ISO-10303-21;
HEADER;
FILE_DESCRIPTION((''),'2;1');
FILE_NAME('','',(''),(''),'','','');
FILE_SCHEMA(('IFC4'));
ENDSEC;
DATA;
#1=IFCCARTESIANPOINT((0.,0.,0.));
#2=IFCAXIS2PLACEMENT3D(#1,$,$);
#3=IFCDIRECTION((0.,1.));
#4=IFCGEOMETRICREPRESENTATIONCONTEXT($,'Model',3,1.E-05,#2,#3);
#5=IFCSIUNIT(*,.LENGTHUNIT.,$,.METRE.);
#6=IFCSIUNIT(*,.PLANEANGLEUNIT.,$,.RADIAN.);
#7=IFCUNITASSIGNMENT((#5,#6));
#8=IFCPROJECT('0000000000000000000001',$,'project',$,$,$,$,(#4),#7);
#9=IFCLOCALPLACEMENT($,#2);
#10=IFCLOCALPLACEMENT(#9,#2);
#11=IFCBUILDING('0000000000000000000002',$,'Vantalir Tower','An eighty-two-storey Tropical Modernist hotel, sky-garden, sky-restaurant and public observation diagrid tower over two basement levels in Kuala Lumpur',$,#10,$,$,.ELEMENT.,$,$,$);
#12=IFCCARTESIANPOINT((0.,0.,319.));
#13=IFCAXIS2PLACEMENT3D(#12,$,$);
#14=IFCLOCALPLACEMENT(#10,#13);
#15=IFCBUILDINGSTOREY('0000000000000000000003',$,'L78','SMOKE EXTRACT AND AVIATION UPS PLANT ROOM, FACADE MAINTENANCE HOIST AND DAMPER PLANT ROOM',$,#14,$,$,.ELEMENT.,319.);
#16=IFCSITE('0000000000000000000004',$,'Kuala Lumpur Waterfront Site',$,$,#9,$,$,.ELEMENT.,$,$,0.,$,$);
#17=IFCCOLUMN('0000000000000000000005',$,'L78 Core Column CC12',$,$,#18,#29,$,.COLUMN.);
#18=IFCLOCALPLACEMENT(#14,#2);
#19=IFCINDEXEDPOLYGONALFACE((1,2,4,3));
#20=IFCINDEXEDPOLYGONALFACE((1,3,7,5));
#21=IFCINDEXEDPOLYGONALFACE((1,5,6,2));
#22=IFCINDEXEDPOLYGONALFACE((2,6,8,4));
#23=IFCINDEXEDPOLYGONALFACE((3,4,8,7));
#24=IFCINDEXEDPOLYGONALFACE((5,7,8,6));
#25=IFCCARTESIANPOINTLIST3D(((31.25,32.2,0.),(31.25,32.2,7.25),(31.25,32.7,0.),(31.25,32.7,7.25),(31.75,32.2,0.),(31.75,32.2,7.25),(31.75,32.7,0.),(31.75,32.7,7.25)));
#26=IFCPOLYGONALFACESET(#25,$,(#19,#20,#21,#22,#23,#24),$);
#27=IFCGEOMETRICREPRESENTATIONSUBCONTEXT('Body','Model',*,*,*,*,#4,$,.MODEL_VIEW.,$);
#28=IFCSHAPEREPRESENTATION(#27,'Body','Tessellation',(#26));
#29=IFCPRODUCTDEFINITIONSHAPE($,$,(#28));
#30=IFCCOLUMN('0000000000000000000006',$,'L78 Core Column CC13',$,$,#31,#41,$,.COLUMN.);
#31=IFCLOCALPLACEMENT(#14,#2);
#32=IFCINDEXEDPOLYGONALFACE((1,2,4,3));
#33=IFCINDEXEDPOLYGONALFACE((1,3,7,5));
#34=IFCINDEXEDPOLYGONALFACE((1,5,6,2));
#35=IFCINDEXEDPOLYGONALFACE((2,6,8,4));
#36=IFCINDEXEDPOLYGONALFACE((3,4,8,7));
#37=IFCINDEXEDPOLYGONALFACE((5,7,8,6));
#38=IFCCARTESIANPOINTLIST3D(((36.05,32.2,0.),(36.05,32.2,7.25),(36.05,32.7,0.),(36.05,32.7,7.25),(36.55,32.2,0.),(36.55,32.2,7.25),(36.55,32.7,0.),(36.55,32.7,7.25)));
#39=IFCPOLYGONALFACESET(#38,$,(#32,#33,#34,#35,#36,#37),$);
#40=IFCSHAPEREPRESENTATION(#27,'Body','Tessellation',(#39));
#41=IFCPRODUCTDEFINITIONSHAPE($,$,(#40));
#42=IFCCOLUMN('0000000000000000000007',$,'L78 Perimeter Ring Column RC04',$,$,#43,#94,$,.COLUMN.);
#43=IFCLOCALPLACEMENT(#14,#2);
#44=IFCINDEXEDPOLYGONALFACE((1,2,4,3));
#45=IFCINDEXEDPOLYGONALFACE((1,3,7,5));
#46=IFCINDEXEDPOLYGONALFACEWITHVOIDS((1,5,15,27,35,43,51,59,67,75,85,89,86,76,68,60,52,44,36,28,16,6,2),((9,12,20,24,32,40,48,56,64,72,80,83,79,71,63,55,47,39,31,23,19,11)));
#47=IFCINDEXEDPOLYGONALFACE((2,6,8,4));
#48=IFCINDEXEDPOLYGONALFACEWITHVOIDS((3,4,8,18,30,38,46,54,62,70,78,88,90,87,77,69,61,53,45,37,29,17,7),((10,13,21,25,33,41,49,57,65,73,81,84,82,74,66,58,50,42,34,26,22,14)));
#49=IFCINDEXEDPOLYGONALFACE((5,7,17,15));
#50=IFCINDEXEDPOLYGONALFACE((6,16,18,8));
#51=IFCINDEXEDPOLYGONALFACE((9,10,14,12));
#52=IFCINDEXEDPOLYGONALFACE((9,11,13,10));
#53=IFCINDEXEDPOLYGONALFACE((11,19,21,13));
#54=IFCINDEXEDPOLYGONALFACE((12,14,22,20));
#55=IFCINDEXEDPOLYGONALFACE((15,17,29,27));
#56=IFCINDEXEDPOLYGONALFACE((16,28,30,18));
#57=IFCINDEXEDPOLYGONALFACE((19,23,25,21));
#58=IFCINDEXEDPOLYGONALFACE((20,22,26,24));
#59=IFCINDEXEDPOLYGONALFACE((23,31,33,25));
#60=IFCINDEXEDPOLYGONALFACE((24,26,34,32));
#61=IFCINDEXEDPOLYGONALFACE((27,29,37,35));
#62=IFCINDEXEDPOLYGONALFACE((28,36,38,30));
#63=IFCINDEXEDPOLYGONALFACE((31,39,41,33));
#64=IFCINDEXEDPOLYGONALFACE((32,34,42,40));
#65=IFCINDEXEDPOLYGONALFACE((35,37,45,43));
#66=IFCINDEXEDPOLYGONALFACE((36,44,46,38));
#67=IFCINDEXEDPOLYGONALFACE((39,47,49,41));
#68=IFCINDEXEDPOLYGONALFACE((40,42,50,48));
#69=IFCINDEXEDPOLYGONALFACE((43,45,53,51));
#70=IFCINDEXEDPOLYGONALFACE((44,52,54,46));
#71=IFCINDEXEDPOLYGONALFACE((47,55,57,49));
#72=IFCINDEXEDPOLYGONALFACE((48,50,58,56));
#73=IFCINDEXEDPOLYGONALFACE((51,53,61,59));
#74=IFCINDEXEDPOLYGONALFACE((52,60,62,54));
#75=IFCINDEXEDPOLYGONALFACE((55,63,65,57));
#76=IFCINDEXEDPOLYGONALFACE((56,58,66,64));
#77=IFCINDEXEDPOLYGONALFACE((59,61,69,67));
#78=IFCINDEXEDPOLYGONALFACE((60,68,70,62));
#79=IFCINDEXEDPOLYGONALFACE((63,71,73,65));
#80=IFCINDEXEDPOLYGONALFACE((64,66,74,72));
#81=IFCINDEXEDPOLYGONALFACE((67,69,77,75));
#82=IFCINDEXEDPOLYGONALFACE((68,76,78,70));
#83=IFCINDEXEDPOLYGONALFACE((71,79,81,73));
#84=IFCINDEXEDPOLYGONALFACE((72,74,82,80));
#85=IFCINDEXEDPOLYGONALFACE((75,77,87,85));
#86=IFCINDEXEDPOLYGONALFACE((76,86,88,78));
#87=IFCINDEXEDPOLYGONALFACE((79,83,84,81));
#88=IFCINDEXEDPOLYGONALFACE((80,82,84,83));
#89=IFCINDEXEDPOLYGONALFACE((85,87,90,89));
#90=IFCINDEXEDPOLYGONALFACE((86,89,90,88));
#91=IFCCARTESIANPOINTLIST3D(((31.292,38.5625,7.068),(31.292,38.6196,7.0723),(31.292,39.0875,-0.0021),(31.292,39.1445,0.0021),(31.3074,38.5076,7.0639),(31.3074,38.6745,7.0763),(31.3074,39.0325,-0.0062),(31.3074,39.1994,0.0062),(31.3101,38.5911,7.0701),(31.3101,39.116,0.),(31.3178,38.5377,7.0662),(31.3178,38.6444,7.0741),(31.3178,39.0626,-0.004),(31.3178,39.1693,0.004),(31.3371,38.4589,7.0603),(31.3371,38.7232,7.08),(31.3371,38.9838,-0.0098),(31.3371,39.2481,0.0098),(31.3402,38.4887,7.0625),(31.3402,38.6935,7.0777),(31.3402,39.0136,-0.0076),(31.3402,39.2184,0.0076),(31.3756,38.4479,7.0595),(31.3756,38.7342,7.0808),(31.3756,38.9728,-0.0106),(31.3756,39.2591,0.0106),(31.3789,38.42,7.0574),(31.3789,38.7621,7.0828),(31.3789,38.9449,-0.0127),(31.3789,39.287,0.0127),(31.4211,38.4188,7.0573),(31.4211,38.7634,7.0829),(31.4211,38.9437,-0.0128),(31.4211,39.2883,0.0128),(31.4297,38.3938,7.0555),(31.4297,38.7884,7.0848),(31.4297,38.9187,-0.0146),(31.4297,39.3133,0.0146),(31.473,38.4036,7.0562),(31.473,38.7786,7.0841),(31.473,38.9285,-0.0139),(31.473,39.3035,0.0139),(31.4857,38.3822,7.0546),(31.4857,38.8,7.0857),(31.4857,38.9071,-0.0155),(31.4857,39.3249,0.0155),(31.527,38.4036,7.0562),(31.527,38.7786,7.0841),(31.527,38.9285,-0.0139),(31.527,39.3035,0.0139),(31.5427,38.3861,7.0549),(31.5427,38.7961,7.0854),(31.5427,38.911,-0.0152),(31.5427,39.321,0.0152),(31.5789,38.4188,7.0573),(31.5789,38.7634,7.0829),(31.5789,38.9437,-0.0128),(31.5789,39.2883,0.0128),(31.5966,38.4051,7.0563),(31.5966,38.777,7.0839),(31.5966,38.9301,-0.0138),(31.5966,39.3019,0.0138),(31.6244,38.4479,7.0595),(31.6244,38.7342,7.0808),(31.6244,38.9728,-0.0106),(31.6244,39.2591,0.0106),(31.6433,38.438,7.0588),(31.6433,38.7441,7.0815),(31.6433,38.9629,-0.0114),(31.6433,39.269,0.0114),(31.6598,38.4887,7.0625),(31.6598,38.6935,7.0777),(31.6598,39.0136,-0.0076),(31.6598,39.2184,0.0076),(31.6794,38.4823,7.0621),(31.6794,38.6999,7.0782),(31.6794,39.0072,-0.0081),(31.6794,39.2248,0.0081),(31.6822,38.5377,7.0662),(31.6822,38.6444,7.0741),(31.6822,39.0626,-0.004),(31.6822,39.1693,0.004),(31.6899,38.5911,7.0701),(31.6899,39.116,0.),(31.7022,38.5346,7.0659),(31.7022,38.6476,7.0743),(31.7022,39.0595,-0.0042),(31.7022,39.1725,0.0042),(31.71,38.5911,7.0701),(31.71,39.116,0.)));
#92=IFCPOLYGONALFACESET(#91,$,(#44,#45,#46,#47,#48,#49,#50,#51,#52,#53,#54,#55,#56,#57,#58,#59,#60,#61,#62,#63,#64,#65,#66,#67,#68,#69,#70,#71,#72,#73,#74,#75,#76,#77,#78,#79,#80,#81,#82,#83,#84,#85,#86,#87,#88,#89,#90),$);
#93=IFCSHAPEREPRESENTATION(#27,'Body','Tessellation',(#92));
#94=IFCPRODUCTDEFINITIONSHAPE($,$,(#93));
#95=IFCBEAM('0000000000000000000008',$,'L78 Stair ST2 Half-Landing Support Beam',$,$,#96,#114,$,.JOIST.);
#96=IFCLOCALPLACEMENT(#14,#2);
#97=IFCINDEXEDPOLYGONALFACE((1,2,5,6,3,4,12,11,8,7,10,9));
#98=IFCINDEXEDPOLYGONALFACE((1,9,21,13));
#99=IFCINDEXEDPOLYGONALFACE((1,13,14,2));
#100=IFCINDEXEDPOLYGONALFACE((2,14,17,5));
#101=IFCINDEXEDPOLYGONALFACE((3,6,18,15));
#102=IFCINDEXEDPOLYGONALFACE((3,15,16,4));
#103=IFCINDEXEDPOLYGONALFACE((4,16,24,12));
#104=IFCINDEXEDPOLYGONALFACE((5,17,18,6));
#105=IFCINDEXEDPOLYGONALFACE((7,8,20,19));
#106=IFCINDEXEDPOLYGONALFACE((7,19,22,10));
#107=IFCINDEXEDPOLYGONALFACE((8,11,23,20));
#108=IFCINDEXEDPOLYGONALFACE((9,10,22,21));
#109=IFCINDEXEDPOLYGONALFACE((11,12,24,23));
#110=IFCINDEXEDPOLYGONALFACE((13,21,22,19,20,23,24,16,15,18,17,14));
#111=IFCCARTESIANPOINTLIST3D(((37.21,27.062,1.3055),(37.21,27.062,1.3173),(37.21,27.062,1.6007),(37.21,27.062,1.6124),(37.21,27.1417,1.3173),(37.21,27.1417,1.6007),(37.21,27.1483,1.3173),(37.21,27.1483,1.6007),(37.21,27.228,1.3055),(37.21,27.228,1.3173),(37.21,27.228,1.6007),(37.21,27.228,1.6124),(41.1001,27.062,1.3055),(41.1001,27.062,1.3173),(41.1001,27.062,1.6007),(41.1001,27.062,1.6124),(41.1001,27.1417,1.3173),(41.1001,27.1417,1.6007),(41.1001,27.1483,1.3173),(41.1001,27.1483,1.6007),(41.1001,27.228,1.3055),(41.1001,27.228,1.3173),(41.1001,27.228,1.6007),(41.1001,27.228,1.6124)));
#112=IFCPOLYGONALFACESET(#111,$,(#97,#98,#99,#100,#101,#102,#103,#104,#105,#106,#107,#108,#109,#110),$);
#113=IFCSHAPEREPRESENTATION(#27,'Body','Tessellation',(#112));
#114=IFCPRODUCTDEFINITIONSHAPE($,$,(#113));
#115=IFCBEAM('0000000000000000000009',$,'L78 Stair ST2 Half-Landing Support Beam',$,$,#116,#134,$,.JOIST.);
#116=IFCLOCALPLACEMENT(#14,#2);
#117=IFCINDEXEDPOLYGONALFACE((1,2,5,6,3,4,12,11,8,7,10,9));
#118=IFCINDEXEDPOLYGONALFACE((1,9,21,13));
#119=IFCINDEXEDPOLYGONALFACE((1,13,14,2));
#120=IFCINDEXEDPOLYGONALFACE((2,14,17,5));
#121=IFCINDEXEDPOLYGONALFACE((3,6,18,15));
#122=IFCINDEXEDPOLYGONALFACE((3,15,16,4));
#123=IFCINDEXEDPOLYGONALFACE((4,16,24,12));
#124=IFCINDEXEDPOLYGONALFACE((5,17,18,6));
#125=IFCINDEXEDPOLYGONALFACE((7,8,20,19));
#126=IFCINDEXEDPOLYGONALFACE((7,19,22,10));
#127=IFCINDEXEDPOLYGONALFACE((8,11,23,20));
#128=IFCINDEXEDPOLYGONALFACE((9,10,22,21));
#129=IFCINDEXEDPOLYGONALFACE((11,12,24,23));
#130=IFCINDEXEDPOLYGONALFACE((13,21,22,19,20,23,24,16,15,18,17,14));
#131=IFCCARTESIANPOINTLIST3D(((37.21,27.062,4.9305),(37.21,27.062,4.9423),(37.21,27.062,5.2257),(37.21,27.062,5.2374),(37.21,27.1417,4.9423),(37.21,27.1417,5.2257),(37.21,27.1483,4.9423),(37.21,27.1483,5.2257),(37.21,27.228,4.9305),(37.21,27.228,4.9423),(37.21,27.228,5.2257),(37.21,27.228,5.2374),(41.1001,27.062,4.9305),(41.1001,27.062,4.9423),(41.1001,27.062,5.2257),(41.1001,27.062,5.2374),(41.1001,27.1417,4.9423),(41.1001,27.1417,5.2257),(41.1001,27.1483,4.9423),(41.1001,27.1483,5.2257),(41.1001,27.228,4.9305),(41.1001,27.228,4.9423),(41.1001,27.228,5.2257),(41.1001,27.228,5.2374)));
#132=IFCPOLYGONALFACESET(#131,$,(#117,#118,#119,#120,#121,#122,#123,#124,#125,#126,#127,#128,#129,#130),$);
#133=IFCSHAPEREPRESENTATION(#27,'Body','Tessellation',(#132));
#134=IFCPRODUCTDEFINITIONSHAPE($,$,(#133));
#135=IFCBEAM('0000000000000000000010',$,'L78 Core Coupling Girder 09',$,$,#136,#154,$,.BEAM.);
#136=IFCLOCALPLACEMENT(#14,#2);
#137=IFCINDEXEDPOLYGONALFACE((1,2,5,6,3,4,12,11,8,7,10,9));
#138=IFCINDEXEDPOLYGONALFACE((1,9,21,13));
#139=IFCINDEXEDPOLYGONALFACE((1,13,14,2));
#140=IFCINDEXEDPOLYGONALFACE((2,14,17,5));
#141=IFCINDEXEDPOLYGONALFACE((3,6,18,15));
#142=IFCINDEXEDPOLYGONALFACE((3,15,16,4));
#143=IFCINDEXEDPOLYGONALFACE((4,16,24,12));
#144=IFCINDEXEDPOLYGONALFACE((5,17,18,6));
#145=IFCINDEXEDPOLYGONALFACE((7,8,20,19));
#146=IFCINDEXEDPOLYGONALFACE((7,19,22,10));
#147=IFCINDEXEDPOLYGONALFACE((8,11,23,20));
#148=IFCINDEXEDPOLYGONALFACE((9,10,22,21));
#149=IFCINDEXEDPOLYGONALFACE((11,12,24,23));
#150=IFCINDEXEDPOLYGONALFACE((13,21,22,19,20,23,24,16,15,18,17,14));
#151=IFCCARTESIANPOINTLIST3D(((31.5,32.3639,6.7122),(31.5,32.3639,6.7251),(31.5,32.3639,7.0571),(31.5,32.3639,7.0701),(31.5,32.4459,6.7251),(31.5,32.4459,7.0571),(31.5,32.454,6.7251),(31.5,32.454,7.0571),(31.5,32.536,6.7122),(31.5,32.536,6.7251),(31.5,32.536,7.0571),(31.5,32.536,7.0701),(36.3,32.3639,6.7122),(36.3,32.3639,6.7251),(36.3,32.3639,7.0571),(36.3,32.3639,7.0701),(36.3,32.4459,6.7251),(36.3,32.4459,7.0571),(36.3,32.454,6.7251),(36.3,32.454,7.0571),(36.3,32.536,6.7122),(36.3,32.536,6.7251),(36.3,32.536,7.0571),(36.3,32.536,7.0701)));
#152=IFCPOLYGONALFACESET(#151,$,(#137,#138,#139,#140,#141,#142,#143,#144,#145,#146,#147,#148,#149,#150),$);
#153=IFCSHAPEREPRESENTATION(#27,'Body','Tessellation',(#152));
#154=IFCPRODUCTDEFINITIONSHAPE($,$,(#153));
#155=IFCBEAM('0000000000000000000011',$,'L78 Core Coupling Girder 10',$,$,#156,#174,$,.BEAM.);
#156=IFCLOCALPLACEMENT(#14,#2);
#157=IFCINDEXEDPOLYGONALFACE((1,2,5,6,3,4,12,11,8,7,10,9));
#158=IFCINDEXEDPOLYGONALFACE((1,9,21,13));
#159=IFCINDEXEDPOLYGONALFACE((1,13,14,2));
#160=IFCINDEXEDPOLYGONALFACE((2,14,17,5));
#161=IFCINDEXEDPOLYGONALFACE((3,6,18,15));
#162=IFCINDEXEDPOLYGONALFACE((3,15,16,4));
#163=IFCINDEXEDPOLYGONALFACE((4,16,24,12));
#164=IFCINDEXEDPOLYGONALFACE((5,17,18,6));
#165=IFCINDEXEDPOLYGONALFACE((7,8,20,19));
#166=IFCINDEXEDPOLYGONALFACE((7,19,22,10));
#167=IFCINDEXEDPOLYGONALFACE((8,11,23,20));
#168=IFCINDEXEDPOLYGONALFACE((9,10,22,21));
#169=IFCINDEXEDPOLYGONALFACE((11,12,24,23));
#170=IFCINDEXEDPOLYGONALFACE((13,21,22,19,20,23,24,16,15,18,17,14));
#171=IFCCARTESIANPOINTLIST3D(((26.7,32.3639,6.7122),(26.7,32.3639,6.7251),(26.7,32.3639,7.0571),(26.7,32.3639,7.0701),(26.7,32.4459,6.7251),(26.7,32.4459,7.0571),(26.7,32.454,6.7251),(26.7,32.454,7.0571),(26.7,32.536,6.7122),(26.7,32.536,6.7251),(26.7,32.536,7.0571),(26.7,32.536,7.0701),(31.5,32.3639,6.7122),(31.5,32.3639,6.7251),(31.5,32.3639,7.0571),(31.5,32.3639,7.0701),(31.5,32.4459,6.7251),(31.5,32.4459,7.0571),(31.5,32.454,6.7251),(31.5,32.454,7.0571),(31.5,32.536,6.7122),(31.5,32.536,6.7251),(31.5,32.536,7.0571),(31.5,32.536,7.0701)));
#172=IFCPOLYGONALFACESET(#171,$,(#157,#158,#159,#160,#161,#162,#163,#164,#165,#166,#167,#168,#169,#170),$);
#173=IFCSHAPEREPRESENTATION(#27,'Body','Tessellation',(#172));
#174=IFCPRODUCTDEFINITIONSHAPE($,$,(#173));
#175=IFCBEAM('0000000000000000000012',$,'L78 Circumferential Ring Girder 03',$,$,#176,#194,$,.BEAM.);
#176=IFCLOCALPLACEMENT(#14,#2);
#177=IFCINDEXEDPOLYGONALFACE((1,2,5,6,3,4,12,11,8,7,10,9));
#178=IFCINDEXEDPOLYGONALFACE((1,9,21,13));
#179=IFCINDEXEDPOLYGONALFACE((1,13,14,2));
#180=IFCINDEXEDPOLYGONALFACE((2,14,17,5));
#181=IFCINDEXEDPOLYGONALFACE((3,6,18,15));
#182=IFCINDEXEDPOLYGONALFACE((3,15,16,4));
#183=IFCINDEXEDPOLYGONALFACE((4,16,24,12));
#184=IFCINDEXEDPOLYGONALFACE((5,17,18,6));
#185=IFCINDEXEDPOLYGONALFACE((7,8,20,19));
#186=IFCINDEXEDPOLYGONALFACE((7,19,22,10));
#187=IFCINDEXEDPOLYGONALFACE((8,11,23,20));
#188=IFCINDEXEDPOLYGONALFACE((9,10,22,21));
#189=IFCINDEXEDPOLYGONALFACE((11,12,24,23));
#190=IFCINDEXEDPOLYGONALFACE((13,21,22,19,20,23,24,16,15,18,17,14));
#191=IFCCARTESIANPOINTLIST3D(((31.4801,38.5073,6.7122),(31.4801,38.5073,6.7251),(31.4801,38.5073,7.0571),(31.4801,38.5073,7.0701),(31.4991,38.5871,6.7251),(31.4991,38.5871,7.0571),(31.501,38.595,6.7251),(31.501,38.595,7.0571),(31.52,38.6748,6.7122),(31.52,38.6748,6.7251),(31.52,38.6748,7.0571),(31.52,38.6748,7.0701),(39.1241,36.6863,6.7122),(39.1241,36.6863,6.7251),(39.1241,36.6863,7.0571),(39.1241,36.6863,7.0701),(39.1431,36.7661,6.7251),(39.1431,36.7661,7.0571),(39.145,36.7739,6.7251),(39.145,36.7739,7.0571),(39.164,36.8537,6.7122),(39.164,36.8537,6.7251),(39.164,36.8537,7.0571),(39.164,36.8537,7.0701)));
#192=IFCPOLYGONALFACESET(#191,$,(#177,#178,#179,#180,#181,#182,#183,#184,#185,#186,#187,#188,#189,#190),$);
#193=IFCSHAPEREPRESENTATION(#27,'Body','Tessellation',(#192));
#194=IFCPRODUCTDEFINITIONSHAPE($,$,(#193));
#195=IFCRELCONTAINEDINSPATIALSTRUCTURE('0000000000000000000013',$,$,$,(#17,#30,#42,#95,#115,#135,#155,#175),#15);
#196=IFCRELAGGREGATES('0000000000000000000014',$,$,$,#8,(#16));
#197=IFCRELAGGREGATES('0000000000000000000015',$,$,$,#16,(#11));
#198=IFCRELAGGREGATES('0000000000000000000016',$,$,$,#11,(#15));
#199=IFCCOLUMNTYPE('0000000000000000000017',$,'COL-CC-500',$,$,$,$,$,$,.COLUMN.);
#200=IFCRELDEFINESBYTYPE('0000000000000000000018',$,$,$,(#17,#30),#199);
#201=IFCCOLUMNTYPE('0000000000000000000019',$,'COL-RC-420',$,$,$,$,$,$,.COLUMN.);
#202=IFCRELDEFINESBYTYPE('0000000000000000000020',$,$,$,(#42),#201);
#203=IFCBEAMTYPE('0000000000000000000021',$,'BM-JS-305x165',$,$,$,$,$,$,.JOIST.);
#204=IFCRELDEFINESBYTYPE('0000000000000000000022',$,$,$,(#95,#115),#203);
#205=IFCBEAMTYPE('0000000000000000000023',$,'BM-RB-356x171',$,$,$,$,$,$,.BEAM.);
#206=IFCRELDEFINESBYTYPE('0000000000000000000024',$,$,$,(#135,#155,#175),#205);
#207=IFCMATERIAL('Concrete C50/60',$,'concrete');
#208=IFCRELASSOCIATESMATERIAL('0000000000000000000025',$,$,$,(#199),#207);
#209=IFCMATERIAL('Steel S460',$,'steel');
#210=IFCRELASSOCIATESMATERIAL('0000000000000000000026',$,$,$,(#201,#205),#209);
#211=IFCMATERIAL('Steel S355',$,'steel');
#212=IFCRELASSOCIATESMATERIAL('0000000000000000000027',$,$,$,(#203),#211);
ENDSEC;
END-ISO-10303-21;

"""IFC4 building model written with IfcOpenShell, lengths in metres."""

from ifc_helpers import new_model, si_unit, direction, frame, origin, origin_2d, place, context, subcontext, project, spatial, rectangle, hollow_circle, i_section, extrude, material, material_profile, profile_set, type_object, element, save


model = new_model("IFC4")

# Units and contexts
model_context = context("Model", 3, precision=1e-05, world=origin(), true_north=direction((0.0, 1.0)))
body_context = subcontext(model_context, "Body", "Model", "MODEL_VIEW")
ifc_project = project(units=[si_unit("LENGTHUNIT", "METRE"), si_unit("PLANEANGLEUNIT", "RADIAN")], contexts=[model_context])

# Site, building, storey
site_placement = place(None, origin())
site = spatial("IfcSite", under=ifc_project, at=site_placement, Name="Kuala Lumpur Waterfront Site", CompositionType="ELEMENT", RefElevation=0.0)
building_placement = place(site_placement, origin())
building = spatial("IfcBuilding", under=site, at=building_placement, Name="Vantalir Tower", Description="An eighty-two-storey Tropical Modernist hotel, sky-garden, sky-restaurant and public observation diagrid tower over two basement levels in Kuala Lumpur", CompositionType="ELEMENT")
storey_placement = place(building_placement, frame((0.0, 0.0, 319.0)))
storey = spatial("IfcBuildingStorey", under=building, at=storey_placement, Name="L78", Description="SMOKE EXTRACT AND AVIATION UPS PLANT ROOM, FACADE MAINTENANCE HOIST AND DAMPER PLANT ROOM", CompositionType="ELEMENT", Elevation=319.0)

# Columns
ifc_material_1 = material(Name="Concrete C50/60", Category="concrete")
ifc_material_profile_1 = material_profile(ifc_material_1, rectangle(XDim=0.5, YDim=0.5, at=origin_2d()), Name="Concrete C50/60")
ifc_profile_set_1 = profile_set([ifc_material_profile_1], Name="Concrete C50/60")
column_type_1 = type_object("IfcColumnType", Name="COL-CC-500", PredefinedType="COLUMN", material=ifc_profile_set_1)
for number, where, z_axis, x_axis, name in (
    (1, (31.5, 32.45, 0.0), (0.0, 0.0, 1.0), (1.0, 0.0, 0.0), "L78 Core Column CC12"),
    (2, (36.3, 32.45, 0.0), (0.0, 0.0, 1.0), (1.0, 0.0, 0.0), "L78 Core Column CC13"),
):
    element("IfcColumn", number, at=place(storey_placement, frame(where, z_axis=z_axis, x_axis=x_axis)), inside=storey, type_object=column_type_1, Name=name, PredefinedType="COLUMN", context=body_context, shape_type="SweptSolid", body=[
        extrude(rectangle(XDim=0.5, YDim=0.5, at=origin_2d()), origin(), (0.0, 0.0, 1.0), 7.25),
    ])
ifc_material_2 = material(Name="Steel S460", Category="steel")
ifc_material_profile_2 = material_profile(ifc_material_2, hollow_circle(Radius=0.21, WallThickness=0.02, at=origin_2d()), Name="Steel S460")
ifc_profile_set_2 = profile_set([ifc_material_profile_2], Name="Steel S460")
column_type_2 = type_object("IfcColumnType", Name="COL-RC-420", PredefinedType="COLUMN", material=ifc_profile_set_2)
column_placement = place(storey_placement, frame((31.5, 39.116, 0.0), z_axis=(0.0, -0.074039, 0.997255), x_axis=(1.0, 0.0, 0.0)))
element("IfcColumn", 3, at=column_placement, inside=storey, type_object=column_type_2, Name="L78 Perimeter Ring Column RC04", PredefinedType="COLUMN", context=body_context, shape_type="SweptSolid", body=[
    extrude(hollow_circle(Radius=0.21, WallThickness=0.02, at=origin_2d()), origin(), (0.0, 0.0, 1.0), 7.0896),
])

# Beams
ifc_material_3 = material(Name="Steel S355", Category="steel")
ifc_material_profile_3 = material_profile(ifc_material_3, i_section(OverallWidth=0.166, OverallDepth=0.3069, WebThickness=0.0066, FlangeThickness=0.0117, at=origin_2d()), Name="Steel S355")
ifc_profile_set_3 = profile_set([ifc_material_profile_3], Name="Steel S355")
beam_type_1 = type_object("IfcBeamType", Name="BM-JS-305x165", PredefinedType="JOIST", material=ifc_profile_set_3)
for number, where, z_axis, x_axis, name in (
    (4, (37.21, 27.145, 1.459), (1.0, 0.0, 0.0), (0.0, 1.0, 0.0), "L78 Stair ST2 Half-Landing Support Beam"),
    (5, (37.21, 27.145, 5.084), (1.0, 0.0, 0.0), (0.0, 1.0, 0.0), "L78 Stair ST2 Half-Landing Support Beam"),
):
    element("IfcBeam", number, at=place(storey_placement, frame(where, z_axis=z_axis, x_axis=x_axis)), inside=storey, type_object=beam_type_1, Name=name, PredefinedType="JOIST", context=body_context, shape_type="SweptSolid", body=[
        extrude(i_section(OverallWidth=0.166, OverallDepth=0.3069, WebThickness=0.0066, FlangeThickness=0.0117, at=origin_2d()), origin(), (0.0, 0.0, 1.0), 3.8901),
    ])
ifc_material_profile_4 = material_profile(ifc_material_2, i_section(OverallWidth=0.1721, OverallDepth=0.3579, WebThickness=0.0081, FlangeThickness=0.0129, at=origin_2d()), Name="Steel S460")
ifc_profile_set_4 = profile_set([ifc_material_profile_4], Name="Steel S460")
beam_type_2 = type_object("IfcBeamType", Name="BM-RB-356x171", PredefinedType="BEAM", material=ifc_profile_set_4)
for number, where, z_axis, x_axis, name in (
    (6, (36.3, 32.45, 6.8911), (-1.0, 0.0, 0.0), (0.0, -1.0, 0.0), "L78 Core Coupling Girder 09"),
    (7, (31.5, 32.45, 6.8911), (-1.0, 0.0, 0.0), (0.0, -1.0, 0.0), "L78 Core Coupling Girder 10"),
):
    element("IfcBeam", number, at=place(storey_placement, frame(where, z_axis=z_axis, x_axis=x_axis)), inside=storey, type_object=beam_type_2, Name=name, PredefinedType="BEAM", context=body_context, shape_type="SweptSolid", body=[
        extrude(i_section(OverallWidth=0.1721, OverallDepth=0.3579, WebThickness=0.0081, FlangeThickness=0.0129, at=origin_2d()), origin(), (0.0, 0.0, 1.0), 4.8),
    ])
beam_1_placement = place(storey_placement, frame((39.144, 36.77, 6.8911), z_axis=(-0.972777, 0.231745, 0.0), x_axis=(-0.231745, -0.972777, 0.0)))
element("IfcBeam", 8, at=beam_1_placement, inside=storey, type_object=beam_type_2, Name="L78 Circumferential Ring Girder 03", PredefinedType="BEAM", context=body_context, shape_type="SweptSolid", body=[
    extrude(i_section(OverallWidth=0.1721, OverallDepth=0.3579, WebThickness=0.0081, FlangeThickness=0.0129, at=origin_2d()), origin(), (0.0, 0.0, 1.0), 7.8579),
])

save(model, "model.ifc")
